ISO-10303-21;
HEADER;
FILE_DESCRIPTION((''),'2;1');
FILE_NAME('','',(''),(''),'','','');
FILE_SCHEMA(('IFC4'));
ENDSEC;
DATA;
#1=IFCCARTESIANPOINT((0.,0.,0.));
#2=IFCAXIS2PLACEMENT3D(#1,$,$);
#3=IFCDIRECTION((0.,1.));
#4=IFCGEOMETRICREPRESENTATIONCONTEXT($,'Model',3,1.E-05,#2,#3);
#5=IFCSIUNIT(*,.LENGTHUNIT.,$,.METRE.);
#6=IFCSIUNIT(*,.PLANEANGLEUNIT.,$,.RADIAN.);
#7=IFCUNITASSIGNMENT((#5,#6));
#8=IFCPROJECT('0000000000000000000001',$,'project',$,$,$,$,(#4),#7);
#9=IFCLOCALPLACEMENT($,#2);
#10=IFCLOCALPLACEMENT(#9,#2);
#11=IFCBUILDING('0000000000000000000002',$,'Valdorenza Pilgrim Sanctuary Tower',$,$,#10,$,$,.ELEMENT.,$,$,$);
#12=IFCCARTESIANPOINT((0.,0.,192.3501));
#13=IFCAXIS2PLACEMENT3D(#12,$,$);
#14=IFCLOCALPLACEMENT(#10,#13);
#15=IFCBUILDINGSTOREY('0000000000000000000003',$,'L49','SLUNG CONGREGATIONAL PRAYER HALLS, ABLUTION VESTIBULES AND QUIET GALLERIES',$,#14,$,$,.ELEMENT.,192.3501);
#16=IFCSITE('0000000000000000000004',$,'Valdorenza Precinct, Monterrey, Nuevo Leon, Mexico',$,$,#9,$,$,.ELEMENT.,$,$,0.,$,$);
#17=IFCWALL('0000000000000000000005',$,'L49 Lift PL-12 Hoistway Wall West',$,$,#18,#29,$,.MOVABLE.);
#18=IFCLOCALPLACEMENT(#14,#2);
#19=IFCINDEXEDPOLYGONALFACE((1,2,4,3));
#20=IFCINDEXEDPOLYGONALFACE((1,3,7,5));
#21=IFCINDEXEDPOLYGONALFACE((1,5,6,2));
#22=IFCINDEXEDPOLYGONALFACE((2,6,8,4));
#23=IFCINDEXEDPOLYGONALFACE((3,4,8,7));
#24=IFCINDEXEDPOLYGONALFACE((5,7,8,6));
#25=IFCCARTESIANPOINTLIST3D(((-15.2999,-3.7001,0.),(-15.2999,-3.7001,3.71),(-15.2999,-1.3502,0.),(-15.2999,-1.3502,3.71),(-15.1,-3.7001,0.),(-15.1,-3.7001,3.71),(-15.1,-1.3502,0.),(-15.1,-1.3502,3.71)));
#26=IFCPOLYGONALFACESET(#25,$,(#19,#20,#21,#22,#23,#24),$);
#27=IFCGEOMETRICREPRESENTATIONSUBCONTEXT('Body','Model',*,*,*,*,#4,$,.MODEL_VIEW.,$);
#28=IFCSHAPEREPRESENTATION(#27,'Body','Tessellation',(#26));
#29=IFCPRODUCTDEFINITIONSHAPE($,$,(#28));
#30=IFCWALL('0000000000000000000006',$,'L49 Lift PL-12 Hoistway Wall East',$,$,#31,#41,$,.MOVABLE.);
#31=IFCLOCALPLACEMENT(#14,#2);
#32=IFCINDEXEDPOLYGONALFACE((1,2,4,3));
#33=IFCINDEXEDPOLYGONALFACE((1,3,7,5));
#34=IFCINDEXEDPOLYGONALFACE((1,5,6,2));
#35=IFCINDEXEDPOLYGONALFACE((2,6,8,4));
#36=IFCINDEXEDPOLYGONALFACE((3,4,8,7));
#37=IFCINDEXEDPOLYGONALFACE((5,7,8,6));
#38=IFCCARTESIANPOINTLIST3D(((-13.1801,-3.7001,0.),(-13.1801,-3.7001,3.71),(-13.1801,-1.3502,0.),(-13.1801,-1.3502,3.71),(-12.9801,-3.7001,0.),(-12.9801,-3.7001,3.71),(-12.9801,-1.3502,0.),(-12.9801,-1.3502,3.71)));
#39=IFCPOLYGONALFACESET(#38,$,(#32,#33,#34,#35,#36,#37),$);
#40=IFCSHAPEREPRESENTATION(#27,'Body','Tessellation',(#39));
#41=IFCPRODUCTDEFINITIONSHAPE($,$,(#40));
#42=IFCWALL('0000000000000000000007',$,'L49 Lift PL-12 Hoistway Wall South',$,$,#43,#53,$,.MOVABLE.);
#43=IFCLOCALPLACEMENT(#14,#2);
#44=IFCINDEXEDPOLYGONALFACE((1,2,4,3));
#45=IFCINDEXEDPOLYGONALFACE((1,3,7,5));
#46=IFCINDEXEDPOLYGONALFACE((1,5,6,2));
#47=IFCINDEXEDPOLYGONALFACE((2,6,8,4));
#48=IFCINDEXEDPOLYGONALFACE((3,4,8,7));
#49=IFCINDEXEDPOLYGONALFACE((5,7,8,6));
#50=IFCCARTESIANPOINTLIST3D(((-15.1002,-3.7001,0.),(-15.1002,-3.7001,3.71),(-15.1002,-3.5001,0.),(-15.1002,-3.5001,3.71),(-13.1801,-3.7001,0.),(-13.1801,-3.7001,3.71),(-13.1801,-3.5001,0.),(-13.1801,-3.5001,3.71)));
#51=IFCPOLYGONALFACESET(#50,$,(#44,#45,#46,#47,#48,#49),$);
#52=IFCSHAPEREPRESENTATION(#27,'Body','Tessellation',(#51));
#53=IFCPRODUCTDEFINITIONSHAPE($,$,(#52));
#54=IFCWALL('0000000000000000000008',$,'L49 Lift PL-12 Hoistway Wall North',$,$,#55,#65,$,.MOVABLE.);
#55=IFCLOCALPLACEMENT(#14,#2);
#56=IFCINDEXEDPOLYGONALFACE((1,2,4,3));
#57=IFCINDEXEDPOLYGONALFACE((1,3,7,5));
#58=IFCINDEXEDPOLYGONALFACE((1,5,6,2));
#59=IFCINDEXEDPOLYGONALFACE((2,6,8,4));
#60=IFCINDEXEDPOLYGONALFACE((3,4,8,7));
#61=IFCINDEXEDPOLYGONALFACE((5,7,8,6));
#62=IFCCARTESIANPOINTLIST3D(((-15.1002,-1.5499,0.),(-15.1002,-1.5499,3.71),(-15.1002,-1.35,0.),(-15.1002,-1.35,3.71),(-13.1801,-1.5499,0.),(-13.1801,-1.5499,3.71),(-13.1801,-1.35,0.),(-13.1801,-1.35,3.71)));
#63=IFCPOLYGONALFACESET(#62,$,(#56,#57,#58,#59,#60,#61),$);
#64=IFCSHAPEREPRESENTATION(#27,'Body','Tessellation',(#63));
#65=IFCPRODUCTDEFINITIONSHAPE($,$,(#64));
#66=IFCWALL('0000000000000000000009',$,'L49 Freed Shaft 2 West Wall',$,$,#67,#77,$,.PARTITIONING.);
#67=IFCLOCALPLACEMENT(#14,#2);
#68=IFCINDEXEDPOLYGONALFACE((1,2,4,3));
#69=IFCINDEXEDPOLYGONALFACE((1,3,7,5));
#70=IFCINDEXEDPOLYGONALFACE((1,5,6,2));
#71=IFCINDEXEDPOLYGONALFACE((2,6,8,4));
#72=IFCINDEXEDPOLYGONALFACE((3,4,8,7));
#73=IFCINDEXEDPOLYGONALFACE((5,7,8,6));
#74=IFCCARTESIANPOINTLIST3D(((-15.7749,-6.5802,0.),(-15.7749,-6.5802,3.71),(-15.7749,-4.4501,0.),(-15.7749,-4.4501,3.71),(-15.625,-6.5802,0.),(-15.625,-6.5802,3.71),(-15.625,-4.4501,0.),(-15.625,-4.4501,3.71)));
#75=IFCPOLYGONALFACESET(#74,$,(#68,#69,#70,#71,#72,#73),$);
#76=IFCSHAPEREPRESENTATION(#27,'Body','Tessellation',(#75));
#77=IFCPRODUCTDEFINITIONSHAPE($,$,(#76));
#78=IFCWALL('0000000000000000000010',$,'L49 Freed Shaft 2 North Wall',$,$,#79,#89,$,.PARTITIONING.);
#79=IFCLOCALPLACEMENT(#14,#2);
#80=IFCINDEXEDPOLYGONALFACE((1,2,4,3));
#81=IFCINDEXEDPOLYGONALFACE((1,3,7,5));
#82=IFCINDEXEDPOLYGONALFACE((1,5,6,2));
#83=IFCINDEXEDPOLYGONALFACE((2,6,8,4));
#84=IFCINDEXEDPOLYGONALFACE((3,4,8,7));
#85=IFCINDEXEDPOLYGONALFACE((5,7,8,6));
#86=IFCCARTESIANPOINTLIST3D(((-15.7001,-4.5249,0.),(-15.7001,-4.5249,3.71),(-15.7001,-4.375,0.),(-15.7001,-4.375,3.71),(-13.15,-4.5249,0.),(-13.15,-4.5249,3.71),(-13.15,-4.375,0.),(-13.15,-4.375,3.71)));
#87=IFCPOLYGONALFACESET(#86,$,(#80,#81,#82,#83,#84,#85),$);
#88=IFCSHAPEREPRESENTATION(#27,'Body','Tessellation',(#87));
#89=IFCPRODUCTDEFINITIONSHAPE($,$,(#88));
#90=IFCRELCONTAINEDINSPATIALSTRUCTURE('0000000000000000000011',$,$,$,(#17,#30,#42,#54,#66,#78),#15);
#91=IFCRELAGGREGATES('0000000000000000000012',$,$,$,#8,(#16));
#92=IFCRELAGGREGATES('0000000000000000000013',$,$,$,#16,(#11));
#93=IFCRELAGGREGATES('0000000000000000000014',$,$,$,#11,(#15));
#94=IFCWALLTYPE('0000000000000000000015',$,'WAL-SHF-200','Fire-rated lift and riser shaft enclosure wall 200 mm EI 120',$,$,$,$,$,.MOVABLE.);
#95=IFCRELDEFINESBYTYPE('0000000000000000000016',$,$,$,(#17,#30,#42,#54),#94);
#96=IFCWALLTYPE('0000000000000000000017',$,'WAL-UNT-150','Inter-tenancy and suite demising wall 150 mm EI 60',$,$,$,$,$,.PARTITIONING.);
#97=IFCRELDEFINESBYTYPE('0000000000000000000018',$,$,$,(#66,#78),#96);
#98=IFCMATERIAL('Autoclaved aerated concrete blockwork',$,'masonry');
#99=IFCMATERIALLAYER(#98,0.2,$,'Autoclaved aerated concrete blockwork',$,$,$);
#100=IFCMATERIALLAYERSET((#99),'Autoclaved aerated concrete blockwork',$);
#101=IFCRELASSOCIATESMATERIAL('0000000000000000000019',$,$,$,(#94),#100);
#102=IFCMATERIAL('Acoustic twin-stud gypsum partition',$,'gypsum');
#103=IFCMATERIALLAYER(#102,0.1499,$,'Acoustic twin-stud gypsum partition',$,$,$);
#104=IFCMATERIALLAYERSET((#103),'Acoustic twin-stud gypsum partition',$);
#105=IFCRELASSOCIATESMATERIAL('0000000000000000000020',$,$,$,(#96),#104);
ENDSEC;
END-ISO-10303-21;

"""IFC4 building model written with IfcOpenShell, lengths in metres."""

from ifc_helpers import new_model, si_unit, direction, frame, frame_2d, origin, place, context, subcontext, project, spatial, rectangle, extrude, material, layer, layer_set, type_object, element, save


model = new_model("IFC4")

# Units and contexts
model_context = context("Model", 3, precision=1e-05, world=origin(), true_north=direction((0.0, 1.0)))
body_context = subcontext(model_context, "Body", "Model", "MODEL_VIEW")
ifc_project = project(units=[si_unit("LENGTHUNIT", "METRE"), si_unit("PLANEANGLEUNIT", "RADIAN")], contexts=[model_context])

# Site, building, storey
site_placement = place(None, origin())
site = spatial("IfcSite", under=ifc_project, at=site_placement, Name="Valdorenza Precinct, Monterrey, Nuevo Leon, Mexico", CompositionType="ELEMENT", RefElevation=0.0)
building_placement = place(site_placement, origin())
building = spatial("IfcBuilding", under=site, at=building_placement, Name="Valdorenza Pilgrim Sanctuary Tower", CompositionType="ELEMENT")
storey_placement = place(building_placement, frame((0.0, 0.0, 192.3501)))
storey = spatial("IfcBuildingStorey", under=building, at=storey_placement, Name="L49", Description="SLUNG CONGREGATIONAL PRAYER HALLS, ABLUTION VESTIBULES AND QUIET GALLERIES", CompositionType="ELEMENT", Elevation=192.3501)

# Shared definitions
ifc_material_1 = material(Name="Acoustic twin-stud gypsum partition", Category="gypsum")

# Shared definitions
ifc_material_2 = material(Name="Autoclaved aerated concrete blockwork", Category="masonry")
ifc_layer_1 = layer(ifc_material_2, 0.2, Name="Autoclaved aerated concrete blockwork")
ifc_layer_set_1 = layer_set([ifc_layer_1], Name="Autoclaved aerated concrete blockwork")
wall_type_1 = type_object("IfcWallType", Name="WAL-SHF-200", Description="Fire-rated lift and riser shaft enclosure wall 200 mm EI 120", PredefinedType="MOVABLE", material=ifc_layer_set_1)

# Walls
for number, where, z_axis, x_axis, name in (
    (1, (-15.2, -3.7, 0.0), (0.0, 0.0, 1.0), (0.0, 1.0, 0.0), "L49 Lift PL-12 Hoistway Wall West"),
    (2, (-13.0801, -3.7, 0.0), (0.0, 0.0, 1.0), (0.0, 1.0, 0.0), "L49 Lift PL-12 Hoistway Wall East"),
):
    element("IfcWall", number, at=place(storey_placement, frame(where, z_axis=z_axis, x_axis=x_axis)), inside=storey, type_object=wall_type_1, Name=name, PredefinedType="MOVABLE", context=body_context, shape_type="SweptSolid", body=[
        extrude(rectangle(XDim=2.3499, YDim=0.2, at=frame_2d((1.1748, 0.0))), origin(), (0.0, 0.0, 1.0), 3.71),
    ])
for number, where, z_axis, x_axis, name in (
    (3, (-15.1001, -3.6001, 0.0), (0.0, 0.0, 1.0), (1.0, 0.0, 0.0), "L49 Lift PL-12 Hoistway Wall South"),
    (4, (-15.1001, -1.45, 0.0), (0.0, 0.0, 1.0), (1.0, 0.0, 0.0), "L49 Lift PL-12 Hoistway Wall North"),
):
    element("IfcWall", number, at=place(storey_placement, frame(where, z_axis=z_axis, x_axis=x_axis)), inside=storey, type_object=wall_type_1, Name=name, PredefinedType="MOVABLE", context=body_context, shape_type="SweptSolid", body=[
        extrude(rectangle(XDim=1.9202, YDim=0.2, at=frame_2d((0.96, 0.0))), origin(), (0.0, 0.0, 1.0), 3.71),
    ])
ifc_layer_2 = layer(ifc_material_1, 0.1499, Name="Acoustic twin-stud gypsum partition")
ifc_layer_set_2 = layer_set([ifc_layer_2], Name="Acoustic twin-stud gypsum partition")
wall_type_2 = type_object("IfcWallType", Name="WAL-UNT-150", Description="Inter-tenancy and suite demising wall 150 mm EI 60", PredefinedType="PARTITIONING", material=ifc_layer_set_2)
wall_1_placement = place(storey_placement, frame((-15.7, -6.5801, 0.0), z_axis=(0.0, 0.0, 1.0), x_axis=(0.0, 1.0, 0.0)))
element("IfcWall", 5, at=wall_1_placement, inside=storey, type_object=wall_type_2, Name="L49 Freed Shaft 2 West Wall", PredefinedType="PARTITIONING", context=body_context, shape_type="SweptSolid", body=[
    extrude(rectangle(XDim=2.1301, YDim=0.1499, at=frame_2d((1.0649, 0.0))), origin(), (0.0, 0.0, 1.0), 3.71),
])
wall_2_placement = place(storey_placement, frame((-15.7, -4.45, 0.0), z_axis=(0.0, 0.0, 1.0), x_axis=(1.0, 0.0, 0.0)))
element("IfcWall", 6, at=wall_2_placement, inside=storey, type_object=wall_type_2, Name="L49 Freed Shaft 2 North Wall", PredefinedType="PARTITIONING", context=body_context, shape_type="SweptSolid", body=[
    extrude(rectangle(XDim=2.55, YDim=0.1499, at=frame_2d((1.2749, 0.0))), origin(), (0.0, 0.0, 1.0), 3.71),
])

save(model, "model.ifc")
